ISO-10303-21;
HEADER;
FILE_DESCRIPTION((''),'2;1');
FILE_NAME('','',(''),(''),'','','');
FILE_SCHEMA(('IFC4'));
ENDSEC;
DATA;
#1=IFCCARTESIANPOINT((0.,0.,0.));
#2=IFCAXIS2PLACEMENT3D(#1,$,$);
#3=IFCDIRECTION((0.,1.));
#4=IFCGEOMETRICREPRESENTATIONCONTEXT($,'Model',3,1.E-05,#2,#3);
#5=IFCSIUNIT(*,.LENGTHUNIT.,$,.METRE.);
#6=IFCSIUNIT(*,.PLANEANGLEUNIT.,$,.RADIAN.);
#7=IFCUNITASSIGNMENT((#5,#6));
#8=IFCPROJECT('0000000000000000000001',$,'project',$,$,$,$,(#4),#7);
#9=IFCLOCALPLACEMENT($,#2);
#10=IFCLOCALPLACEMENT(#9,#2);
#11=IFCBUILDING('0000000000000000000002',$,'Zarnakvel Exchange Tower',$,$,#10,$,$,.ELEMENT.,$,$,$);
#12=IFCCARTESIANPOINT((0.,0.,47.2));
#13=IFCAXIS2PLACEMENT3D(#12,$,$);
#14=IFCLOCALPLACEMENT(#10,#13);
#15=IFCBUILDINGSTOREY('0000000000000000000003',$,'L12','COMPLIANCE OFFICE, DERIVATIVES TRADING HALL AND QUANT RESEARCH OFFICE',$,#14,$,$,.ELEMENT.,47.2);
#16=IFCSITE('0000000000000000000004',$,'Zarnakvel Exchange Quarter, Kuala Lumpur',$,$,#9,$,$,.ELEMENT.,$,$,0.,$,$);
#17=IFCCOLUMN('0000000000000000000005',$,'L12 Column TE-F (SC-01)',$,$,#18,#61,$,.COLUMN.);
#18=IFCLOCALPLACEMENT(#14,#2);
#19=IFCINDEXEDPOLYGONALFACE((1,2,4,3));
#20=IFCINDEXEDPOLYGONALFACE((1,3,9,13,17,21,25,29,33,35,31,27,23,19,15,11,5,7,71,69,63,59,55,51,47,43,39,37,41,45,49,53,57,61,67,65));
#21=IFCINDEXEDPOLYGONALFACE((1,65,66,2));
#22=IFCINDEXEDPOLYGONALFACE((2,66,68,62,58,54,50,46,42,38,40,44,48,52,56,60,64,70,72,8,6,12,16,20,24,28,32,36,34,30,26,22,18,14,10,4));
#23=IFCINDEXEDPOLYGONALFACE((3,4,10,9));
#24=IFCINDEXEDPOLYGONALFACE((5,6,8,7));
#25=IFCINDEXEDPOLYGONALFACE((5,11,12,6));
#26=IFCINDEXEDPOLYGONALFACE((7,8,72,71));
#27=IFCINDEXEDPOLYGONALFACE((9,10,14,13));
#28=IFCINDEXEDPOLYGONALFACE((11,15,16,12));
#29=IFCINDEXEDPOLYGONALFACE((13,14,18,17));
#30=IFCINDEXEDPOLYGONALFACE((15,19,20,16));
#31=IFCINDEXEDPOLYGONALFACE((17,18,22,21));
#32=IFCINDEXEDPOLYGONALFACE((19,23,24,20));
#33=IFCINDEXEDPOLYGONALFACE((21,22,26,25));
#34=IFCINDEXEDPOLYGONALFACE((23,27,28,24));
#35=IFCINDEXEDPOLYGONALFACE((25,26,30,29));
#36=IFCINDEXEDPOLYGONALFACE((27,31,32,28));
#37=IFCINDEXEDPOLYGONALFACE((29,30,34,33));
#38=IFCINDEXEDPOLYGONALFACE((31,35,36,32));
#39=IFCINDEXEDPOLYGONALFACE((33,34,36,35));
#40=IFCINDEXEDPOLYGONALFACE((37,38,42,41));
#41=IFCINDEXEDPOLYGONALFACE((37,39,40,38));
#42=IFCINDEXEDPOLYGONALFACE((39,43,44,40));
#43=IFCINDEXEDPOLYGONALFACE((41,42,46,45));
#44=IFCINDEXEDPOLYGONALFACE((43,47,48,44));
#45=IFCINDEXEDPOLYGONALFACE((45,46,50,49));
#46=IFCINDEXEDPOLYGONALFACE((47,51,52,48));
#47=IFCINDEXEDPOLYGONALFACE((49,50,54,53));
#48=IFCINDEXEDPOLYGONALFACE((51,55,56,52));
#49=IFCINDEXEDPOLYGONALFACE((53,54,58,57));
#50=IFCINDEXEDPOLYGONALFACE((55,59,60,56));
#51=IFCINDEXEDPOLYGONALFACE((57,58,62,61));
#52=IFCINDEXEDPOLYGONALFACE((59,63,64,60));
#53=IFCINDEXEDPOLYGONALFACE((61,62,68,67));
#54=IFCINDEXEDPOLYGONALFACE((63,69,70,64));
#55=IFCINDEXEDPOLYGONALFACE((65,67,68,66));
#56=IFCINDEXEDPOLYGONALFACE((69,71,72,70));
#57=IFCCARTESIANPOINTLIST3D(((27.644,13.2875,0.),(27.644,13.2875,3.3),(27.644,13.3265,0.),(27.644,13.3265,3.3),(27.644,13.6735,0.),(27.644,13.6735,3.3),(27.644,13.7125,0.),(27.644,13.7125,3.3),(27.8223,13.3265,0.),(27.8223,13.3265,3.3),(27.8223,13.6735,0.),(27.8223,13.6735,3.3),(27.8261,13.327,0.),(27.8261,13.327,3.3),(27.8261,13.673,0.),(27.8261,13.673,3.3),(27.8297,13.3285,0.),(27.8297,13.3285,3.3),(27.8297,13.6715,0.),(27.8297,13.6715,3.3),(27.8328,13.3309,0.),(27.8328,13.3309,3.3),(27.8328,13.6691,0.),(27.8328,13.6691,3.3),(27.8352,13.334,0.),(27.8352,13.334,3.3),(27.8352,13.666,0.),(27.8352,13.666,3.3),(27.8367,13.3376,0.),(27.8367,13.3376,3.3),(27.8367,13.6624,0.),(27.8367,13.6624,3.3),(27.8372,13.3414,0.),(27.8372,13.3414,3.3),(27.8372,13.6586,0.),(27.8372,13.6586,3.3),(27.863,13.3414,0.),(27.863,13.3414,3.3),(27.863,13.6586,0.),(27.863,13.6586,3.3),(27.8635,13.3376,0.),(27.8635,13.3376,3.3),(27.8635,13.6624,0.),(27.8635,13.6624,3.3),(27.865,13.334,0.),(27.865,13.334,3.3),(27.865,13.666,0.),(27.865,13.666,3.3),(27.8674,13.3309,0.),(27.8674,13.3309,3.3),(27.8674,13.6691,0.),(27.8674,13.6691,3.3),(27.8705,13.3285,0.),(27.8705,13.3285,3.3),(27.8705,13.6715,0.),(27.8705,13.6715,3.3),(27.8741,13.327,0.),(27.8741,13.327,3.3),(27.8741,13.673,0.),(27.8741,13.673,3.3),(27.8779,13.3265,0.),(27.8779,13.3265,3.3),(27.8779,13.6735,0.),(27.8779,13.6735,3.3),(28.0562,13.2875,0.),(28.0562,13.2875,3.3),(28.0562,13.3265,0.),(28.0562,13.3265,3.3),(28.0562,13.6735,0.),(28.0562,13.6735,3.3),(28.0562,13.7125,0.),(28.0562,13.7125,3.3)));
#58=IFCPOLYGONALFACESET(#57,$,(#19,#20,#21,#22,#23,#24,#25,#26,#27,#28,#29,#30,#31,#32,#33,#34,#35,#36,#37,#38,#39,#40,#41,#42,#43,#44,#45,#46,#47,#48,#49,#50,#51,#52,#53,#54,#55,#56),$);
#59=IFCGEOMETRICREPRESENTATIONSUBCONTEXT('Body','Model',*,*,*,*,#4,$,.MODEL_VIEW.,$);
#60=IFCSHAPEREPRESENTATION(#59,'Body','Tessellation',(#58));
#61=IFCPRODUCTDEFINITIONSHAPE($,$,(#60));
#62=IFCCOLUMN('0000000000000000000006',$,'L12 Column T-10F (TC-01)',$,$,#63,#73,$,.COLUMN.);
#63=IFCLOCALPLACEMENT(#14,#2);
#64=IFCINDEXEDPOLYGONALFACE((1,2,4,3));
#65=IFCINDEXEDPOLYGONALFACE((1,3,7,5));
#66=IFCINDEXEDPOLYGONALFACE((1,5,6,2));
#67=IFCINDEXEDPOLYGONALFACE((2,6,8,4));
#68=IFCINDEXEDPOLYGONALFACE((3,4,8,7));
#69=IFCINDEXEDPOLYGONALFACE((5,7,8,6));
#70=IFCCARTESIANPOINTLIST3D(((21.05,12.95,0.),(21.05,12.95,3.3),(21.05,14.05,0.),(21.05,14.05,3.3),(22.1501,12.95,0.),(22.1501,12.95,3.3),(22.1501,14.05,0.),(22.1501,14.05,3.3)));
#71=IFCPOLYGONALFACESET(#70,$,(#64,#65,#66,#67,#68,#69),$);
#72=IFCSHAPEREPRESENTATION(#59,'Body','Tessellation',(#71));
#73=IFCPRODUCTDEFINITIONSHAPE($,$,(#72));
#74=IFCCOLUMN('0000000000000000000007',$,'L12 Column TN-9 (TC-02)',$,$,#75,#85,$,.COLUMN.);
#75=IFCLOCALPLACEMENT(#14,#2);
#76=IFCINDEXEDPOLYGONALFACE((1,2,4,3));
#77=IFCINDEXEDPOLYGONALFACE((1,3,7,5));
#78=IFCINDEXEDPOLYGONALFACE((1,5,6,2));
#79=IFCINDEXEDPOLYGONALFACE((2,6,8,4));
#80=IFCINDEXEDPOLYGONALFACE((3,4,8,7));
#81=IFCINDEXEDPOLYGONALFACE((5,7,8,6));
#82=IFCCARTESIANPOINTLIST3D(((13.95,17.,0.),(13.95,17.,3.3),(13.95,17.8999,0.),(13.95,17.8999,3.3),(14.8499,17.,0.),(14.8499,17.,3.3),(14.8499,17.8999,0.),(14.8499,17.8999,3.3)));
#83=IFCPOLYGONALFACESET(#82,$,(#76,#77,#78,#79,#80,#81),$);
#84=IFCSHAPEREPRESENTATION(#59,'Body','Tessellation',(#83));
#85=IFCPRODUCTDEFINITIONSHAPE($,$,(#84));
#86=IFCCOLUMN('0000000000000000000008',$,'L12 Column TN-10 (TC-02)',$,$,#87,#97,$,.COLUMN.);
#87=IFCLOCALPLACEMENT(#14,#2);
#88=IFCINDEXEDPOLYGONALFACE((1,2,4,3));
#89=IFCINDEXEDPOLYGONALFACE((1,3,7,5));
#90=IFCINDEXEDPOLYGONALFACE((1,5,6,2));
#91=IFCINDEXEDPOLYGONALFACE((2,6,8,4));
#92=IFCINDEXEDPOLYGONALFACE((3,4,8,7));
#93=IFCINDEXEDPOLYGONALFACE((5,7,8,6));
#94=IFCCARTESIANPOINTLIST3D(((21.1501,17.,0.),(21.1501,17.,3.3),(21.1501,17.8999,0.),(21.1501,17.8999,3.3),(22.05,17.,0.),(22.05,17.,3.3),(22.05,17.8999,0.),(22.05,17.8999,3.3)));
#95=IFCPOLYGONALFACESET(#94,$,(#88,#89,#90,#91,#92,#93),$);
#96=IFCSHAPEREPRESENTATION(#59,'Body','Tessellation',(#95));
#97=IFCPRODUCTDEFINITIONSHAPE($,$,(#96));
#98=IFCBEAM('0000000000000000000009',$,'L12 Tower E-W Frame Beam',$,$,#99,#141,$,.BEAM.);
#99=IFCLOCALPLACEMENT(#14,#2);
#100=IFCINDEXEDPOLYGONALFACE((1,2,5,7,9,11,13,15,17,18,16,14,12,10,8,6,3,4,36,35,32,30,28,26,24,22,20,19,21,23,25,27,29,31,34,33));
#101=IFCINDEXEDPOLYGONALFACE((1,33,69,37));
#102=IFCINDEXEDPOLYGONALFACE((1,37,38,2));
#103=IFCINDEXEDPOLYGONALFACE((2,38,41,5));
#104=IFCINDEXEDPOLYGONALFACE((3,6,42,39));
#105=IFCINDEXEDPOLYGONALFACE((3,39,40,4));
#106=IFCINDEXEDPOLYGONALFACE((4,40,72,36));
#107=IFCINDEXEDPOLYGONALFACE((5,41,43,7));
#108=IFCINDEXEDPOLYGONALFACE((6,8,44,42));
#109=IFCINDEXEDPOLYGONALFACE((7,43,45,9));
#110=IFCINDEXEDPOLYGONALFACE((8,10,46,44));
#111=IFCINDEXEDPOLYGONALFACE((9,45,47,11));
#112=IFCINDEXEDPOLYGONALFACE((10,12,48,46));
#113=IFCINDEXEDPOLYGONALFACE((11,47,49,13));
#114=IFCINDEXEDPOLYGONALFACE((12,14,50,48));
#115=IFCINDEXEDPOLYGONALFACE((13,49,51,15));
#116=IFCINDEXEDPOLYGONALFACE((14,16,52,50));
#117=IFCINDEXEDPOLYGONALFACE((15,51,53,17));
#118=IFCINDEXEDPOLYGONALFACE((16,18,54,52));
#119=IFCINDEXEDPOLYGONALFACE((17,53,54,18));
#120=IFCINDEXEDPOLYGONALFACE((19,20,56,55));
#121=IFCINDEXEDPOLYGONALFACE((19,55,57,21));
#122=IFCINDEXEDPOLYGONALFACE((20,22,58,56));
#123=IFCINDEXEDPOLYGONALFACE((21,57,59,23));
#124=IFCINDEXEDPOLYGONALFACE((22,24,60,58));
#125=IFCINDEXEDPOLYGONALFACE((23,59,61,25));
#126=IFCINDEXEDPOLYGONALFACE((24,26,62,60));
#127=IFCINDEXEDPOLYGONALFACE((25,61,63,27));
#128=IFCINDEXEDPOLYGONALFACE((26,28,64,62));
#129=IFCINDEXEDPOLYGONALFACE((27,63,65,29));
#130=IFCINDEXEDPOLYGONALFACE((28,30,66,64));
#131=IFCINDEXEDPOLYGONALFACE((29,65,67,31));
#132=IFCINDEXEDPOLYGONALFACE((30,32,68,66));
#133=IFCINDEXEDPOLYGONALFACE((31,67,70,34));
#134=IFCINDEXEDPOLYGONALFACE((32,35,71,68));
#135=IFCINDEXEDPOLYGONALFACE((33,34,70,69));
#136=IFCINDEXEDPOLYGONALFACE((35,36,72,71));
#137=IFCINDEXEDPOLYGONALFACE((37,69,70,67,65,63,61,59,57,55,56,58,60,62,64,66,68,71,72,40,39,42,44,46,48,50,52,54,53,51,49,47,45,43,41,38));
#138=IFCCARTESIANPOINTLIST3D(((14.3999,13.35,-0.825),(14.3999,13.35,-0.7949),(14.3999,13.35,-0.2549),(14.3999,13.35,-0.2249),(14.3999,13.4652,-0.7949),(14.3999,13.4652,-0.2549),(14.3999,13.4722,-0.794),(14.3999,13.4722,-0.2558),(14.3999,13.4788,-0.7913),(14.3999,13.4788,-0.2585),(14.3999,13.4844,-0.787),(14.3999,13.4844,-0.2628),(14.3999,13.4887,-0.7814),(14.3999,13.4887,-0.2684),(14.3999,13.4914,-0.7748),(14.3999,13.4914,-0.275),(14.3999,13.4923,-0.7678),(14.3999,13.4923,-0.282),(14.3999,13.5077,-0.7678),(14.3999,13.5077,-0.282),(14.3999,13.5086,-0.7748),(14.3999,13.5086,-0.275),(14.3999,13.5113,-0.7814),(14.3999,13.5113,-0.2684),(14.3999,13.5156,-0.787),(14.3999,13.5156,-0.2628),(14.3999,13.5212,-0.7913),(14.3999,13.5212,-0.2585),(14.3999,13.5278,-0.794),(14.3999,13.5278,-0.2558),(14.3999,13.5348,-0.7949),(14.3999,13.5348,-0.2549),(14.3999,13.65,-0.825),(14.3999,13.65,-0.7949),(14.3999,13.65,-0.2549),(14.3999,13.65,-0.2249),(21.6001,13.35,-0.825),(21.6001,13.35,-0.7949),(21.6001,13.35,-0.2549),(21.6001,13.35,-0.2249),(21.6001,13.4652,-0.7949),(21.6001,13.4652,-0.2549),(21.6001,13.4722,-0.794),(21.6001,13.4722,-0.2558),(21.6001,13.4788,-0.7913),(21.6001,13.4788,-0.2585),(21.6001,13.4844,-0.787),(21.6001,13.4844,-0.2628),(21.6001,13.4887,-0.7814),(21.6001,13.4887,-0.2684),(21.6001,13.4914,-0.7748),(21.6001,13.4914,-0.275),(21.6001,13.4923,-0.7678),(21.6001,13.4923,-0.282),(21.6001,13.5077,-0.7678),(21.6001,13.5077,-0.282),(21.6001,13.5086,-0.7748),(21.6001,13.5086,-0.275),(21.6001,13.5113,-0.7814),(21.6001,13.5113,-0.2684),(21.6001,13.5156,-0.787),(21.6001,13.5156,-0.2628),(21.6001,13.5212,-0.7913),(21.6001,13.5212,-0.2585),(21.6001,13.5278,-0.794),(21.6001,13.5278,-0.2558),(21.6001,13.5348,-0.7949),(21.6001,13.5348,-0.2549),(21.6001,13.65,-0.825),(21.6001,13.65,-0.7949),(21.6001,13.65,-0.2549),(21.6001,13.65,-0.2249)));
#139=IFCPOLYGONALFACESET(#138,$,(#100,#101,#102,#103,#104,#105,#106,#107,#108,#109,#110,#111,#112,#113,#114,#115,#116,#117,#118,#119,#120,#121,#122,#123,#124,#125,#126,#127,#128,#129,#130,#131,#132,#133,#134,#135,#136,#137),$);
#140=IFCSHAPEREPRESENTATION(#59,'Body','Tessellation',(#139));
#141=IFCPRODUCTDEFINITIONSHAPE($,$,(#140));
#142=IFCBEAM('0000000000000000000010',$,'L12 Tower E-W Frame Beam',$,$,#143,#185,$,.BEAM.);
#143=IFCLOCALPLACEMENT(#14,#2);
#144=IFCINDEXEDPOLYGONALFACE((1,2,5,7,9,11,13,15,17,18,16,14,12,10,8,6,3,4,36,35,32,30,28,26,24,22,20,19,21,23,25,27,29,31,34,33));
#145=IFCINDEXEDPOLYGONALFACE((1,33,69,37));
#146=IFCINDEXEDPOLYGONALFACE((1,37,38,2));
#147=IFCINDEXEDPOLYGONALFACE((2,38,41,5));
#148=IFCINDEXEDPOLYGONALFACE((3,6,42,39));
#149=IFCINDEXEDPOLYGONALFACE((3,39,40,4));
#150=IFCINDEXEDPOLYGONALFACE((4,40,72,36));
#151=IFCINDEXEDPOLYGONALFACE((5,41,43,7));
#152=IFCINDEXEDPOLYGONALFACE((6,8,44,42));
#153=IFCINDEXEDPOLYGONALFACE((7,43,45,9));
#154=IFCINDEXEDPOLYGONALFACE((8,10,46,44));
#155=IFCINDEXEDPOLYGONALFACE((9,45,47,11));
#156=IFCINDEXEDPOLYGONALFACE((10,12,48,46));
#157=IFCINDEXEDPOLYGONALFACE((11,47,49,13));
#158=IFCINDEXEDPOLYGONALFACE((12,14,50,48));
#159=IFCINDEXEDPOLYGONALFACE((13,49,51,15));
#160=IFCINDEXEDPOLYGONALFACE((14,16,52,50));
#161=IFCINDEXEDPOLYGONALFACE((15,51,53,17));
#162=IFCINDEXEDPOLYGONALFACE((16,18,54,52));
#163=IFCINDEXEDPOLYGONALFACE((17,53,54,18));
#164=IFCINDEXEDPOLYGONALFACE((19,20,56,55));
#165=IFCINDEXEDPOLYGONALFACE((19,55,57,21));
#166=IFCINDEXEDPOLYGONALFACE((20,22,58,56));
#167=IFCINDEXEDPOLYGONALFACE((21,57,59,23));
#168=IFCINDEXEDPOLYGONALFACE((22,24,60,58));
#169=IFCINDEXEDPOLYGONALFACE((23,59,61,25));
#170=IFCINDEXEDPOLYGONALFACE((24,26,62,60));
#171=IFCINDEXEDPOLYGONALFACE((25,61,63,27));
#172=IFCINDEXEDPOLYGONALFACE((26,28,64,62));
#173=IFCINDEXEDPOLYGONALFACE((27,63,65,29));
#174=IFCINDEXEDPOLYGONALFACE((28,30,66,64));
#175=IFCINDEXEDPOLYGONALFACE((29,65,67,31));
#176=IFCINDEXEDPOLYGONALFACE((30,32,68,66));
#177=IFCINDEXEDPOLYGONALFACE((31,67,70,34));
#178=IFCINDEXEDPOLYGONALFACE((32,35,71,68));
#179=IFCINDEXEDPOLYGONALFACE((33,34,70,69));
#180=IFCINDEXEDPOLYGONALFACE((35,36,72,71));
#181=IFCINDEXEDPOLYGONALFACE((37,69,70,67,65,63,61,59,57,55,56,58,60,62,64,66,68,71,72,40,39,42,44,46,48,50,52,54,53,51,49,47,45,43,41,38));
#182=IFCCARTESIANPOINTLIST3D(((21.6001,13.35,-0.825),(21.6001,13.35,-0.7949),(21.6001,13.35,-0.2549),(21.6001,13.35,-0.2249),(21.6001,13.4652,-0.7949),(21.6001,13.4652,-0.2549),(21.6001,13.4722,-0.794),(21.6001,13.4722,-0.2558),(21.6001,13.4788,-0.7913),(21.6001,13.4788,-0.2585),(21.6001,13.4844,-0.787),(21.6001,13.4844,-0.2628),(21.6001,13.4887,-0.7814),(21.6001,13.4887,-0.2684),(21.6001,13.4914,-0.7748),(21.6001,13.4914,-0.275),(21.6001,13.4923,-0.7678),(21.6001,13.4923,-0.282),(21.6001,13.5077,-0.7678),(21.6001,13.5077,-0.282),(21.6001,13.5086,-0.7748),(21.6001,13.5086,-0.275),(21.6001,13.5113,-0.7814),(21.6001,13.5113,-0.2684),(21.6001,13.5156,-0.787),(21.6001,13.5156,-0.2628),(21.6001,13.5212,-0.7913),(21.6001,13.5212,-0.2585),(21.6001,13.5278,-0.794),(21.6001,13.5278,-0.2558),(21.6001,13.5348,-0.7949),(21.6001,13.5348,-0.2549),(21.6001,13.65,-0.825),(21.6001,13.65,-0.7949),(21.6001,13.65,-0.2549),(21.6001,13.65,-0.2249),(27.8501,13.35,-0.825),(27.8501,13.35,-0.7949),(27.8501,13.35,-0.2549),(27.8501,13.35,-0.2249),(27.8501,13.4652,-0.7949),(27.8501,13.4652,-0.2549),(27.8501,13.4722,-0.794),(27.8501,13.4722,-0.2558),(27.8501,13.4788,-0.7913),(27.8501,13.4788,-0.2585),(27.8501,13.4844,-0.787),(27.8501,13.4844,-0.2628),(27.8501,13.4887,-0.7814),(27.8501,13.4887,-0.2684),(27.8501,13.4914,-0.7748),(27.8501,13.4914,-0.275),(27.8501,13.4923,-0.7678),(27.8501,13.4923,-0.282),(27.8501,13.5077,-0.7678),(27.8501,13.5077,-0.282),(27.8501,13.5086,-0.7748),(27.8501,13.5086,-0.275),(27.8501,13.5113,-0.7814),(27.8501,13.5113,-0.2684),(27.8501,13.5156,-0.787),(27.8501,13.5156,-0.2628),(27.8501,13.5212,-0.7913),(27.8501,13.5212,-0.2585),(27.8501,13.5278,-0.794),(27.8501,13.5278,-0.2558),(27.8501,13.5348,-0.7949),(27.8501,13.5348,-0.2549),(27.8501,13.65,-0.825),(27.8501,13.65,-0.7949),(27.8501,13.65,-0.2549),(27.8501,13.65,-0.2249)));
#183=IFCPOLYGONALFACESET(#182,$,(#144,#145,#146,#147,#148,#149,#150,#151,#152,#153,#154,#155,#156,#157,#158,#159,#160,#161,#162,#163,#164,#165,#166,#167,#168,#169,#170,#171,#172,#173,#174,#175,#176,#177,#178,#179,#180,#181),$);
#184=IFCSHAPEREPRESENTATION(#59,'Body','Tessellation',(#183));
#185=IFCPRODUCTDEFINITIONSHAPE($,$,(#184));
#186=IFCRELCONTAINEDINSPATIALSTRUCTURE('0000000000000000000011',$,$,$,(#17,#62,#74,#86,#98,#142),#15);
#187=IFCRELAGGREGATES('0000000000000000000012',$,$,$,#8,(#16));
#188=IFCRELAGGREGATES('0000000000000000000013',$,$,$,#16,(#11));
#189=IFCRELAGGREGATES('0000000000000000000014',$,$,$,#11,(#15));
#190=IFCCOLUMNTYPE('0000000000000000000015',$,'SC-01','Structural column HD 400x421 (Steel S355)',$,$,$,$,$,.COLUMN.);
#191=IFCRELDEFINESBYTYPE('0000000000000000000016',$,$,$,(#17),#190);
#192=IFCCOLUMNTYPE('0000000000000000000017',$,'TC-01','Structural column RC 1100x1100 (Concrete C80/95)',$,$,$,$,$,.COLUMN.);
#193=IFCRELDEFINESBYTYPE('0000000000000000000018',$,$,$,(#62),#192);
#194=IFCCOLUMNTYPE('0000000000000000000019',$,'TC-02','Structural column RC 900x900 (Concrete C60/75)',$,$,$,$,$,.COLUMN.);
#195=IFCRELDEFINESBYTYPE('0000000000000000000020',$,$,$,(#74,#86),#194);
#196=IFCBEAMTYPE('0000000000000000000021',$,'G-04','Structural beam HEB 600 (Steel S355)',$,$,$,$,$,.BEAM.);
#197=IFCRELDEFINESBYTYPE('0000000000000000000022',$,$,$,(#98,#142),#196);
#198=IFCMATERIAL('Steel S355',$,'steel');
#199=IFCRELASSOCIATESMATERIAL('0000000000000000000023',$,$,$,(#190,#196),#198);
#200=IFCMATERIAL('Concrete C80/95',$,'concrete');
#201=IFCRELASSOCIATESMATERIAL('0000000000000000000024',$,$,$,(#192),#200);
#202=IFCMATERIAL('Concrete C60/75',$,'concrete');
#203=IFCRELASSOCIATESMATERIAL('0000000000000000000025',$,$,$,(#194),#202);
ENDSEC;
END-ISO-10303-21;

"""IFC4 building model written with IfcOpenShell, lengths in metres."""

from ifc_helpers import new_model, si_unit, direction, frame, origin, origin_2d, place, context, subcontext, project, spatial, rectangle, i_section, extrude, material, material_profile, profile_set, type_object, element, save


model = new_model("IFC4")

# Units and contexts
model_context = context("Model", 3, precision=1e-05, world=origin(), true_north=direction((0.0, 1.0)))
body_context = subcontext(model_context, "Body", "Model", "MODEL_VIEW")
ifc_project = project(units=[si_unit("LENGTHUNIT", "METRE"), si_unit("PLANEANGLEUNIT", "RADIAN")], contexts=[model_context])

# Site, building, storey
site_placement = place(None, origin())
site = spatial("IfcSite", under=ifc_project, at=site_placement, Name="Zarnakvel Exchange Quarter, Kuala Lumpur", CompositionType="ELEMENT", RefElevation=0.0)
building_placement = place(site_placement, origin())
building = spatial("IfcBuilding", under=site, at=building_placement, Name="Zarnakvel Exchange Tower", CompositionType="ELEMENT")
storey_placement = place(building_placement, frame((0.0, 0.0, 47.2)))
storey = spatial("IfcBuildingStorey", under=building, at=storey_placement, Name="L12", Description="COMPLIANCE OFFICE, DERIVATIVES TRADING HALL AND QUANT RESEARCH OFFICE", CompositionType="ELEMENT", Elevation=47.2)

# Columns
ifc_material_1 = material(Name="Steel S355", Category="steel")
ifc_material_profile_1 = material_profile(ifc_material_1, i_section(OverallWidth=0.4121, OverallDepth=0.425, WebThickness=0.0259, FlangeThickness=0.0391, FilletRadius=0.0149, at=origin_2d()))
ifc_profile_set_1 = profile_set([ifc_material_profile_1], Name="Steel S355")
column_type_1 = type_object("IfcColumnType", Name="SC-01", Description="Structural column HD 400x421 (Steel S355)", PredefinedType="COLUMN", material=ifc_profile_set_1)
column_1_placement = place(storey_placement, frame((27.8501, 13.5, 0.0), z_axis=(0.0, 0.0, 1.0), x_axis=(1.0, 0.0, 0.0)))
element("IfcColumn", 1, at=column_1_placement, inside=storey, type_object=column_type_1, Name="L12 Column TE-F (SC-01)", PredefinedType="COLUMN", context=body_context, shape_type="SweptSolid", body=[
    extrude(i_section(OverallWidth=0.4121, OverallDepth=0.425, WebThickness=0.0259, FlangeThickness=0.0391, FilletRadius=0.0149, at=origin_2d()), origin(), (0.0, 0.0, 1.0), 3.3),
])
ifc_material_2 = material(Name="Concrete C80/95", Category="concrete")
ifc_material_profile_2 = material_profile(ifc_material_2, rectangle(XDim=1.1001, YDim=1.1001, at=origin_2d()))
ifc_profile_set_2 = profile_set([ifc_material_profile_2], Name="Concrete C80/95")
column_type_2 = type_object("IfcColumnType", Name="TC-01", Description="Structural column RC 1100x1100 (Concrete C80/95)", PredefinedType="COLUMN", material=ifc_profile_set_2)
column_2_placement = place(storey_placement, frame((21.6001, 13.5, 0.0), z_axis=(0.0, 0.0, 1.0), x_axis=(1.0, 0.0, 0.0)))
element("IfcColumn", 2, at=column_2_placement, inside=storey, type_object=column_type_2, Name="L12 Column T-10F (TC-01)", PredefinedType="COLUMN", context=body_context, shape_type="SweptSolid", body=[
    extrude(rectangle(XDim=1.1001, YDim=1.1001, at=origin_2d()), origin(), (0.0, 0.0, 1.0), 3.3),
])
ifc_material_3 = material(Name="Concrete C60/75", Category="concrete")
ifc_material_profile_3 = material_profile(ifc_material_3, rectangle(XDim=0.8999, YDim=0.8999, at=origin_2d()))
ifc_profile_set_3 = profile_set([ifc_material_profile_3], Name="Concrete C60/75")
column_type_3 = type_object("IfcColumnType", Name="TC-02", Description="Structural column RC 900x900 (Concrete C60/75)", PredefinedType="COLUMN", material=ifc_profile_set_3)
for number, where, z_axis, x_axis, name in (
    (3, (14.3999, 17.45, 0.0), (0.0, 0.0, 1.0), (1.0, 0.0, 0.0), "L12 Column TN-9 (TC-02)"),
    (4, (21.6001, 17.45, 0.0), (0.0, 0.0, 1.0), (1.0, 0.0, 0.0), "L12 Column TN-10 (TC-02)"),
):
    element("IfcColumn", number, at=place(storey_placement, frame(where, z_axis=z_axis, x_axis=x_axis)), inside=storey, type_object=column_type_3, Name=name, PredefinedType="COLUMN", context=body_context, shape_type="SweptSolid", body=[
        extrude(rectangle(XDim=0.8999, YDim=0.8999, at=origin_2d()), origin(), (0.0, 0.0, 1.0), 3.3),
    ])

# Beams
ifc_material_profile_4 = material_profile(ifc_material_1, i_section(OverallWidth=0.3, OverallDepth=0.6001, WebThickness=0.0154, FlangeThickness=0.03, FilletRadius=0.0271, at=origin_2d()))
ifc_profile_set_4 = profile_set([ifc_material_profile_4], Name="Steel S355")
beam_type_1 = type_object("IfcBeamType", Name="G-04", Description="Structural beam HEB 600 (Steel S355)", PredefinedType="BEAM", material=ifc_profile_set_4)
beam_1_placement = place(storey_placement, frame((14.3999, 13.5, -0.5249), z_axis=(1.0, 0.0, 0.0), x_axis=(0.0, 1.0, 0.0)))
element("IfcBeam", 5, at=beam_1_placement, inside=storey, type_object=beam_type_1, Name="L12 Tower E-W Frame Beam", PredefinedType="BEAM", context=body_context, shape_type="SweptSolid", body=[
    extrude(i_section(OverallWidth=0.3, OverallDepth=0.6001, WebThickness=0.0154, FlangeThickness=0.03, FilletRadius=0.0271, at=origin_2d()), origin(), (0.0, 0.0, 1.0), 7.2002),
])
beam_2_placement = place(storey_placement, frame((21.6001, 13.5, -0.5249), z_axis=(1.0, 0.0, 0.0), x_axis=(0.0, 1.0, 0.0)))
element("IfcBeam", 6, at=beam_2_placement, inside=storey, type_object=beam_type_1, Name="L12 Tower E-W Frame Beam", PredefinedType="BEAM", context=body_context, shape_type="SweptSolid", body=[
    extrude(i_section(OverallWidth=0.3, OverallDepth=0.6001, WebThickness=0.0154, FlangeThickness=0.03, FilletRadius=0.0271, at=origin_2d()), origin(), (0.0, 0.0, 1.0), 6.25),
])

save(model, "model.ifc")
